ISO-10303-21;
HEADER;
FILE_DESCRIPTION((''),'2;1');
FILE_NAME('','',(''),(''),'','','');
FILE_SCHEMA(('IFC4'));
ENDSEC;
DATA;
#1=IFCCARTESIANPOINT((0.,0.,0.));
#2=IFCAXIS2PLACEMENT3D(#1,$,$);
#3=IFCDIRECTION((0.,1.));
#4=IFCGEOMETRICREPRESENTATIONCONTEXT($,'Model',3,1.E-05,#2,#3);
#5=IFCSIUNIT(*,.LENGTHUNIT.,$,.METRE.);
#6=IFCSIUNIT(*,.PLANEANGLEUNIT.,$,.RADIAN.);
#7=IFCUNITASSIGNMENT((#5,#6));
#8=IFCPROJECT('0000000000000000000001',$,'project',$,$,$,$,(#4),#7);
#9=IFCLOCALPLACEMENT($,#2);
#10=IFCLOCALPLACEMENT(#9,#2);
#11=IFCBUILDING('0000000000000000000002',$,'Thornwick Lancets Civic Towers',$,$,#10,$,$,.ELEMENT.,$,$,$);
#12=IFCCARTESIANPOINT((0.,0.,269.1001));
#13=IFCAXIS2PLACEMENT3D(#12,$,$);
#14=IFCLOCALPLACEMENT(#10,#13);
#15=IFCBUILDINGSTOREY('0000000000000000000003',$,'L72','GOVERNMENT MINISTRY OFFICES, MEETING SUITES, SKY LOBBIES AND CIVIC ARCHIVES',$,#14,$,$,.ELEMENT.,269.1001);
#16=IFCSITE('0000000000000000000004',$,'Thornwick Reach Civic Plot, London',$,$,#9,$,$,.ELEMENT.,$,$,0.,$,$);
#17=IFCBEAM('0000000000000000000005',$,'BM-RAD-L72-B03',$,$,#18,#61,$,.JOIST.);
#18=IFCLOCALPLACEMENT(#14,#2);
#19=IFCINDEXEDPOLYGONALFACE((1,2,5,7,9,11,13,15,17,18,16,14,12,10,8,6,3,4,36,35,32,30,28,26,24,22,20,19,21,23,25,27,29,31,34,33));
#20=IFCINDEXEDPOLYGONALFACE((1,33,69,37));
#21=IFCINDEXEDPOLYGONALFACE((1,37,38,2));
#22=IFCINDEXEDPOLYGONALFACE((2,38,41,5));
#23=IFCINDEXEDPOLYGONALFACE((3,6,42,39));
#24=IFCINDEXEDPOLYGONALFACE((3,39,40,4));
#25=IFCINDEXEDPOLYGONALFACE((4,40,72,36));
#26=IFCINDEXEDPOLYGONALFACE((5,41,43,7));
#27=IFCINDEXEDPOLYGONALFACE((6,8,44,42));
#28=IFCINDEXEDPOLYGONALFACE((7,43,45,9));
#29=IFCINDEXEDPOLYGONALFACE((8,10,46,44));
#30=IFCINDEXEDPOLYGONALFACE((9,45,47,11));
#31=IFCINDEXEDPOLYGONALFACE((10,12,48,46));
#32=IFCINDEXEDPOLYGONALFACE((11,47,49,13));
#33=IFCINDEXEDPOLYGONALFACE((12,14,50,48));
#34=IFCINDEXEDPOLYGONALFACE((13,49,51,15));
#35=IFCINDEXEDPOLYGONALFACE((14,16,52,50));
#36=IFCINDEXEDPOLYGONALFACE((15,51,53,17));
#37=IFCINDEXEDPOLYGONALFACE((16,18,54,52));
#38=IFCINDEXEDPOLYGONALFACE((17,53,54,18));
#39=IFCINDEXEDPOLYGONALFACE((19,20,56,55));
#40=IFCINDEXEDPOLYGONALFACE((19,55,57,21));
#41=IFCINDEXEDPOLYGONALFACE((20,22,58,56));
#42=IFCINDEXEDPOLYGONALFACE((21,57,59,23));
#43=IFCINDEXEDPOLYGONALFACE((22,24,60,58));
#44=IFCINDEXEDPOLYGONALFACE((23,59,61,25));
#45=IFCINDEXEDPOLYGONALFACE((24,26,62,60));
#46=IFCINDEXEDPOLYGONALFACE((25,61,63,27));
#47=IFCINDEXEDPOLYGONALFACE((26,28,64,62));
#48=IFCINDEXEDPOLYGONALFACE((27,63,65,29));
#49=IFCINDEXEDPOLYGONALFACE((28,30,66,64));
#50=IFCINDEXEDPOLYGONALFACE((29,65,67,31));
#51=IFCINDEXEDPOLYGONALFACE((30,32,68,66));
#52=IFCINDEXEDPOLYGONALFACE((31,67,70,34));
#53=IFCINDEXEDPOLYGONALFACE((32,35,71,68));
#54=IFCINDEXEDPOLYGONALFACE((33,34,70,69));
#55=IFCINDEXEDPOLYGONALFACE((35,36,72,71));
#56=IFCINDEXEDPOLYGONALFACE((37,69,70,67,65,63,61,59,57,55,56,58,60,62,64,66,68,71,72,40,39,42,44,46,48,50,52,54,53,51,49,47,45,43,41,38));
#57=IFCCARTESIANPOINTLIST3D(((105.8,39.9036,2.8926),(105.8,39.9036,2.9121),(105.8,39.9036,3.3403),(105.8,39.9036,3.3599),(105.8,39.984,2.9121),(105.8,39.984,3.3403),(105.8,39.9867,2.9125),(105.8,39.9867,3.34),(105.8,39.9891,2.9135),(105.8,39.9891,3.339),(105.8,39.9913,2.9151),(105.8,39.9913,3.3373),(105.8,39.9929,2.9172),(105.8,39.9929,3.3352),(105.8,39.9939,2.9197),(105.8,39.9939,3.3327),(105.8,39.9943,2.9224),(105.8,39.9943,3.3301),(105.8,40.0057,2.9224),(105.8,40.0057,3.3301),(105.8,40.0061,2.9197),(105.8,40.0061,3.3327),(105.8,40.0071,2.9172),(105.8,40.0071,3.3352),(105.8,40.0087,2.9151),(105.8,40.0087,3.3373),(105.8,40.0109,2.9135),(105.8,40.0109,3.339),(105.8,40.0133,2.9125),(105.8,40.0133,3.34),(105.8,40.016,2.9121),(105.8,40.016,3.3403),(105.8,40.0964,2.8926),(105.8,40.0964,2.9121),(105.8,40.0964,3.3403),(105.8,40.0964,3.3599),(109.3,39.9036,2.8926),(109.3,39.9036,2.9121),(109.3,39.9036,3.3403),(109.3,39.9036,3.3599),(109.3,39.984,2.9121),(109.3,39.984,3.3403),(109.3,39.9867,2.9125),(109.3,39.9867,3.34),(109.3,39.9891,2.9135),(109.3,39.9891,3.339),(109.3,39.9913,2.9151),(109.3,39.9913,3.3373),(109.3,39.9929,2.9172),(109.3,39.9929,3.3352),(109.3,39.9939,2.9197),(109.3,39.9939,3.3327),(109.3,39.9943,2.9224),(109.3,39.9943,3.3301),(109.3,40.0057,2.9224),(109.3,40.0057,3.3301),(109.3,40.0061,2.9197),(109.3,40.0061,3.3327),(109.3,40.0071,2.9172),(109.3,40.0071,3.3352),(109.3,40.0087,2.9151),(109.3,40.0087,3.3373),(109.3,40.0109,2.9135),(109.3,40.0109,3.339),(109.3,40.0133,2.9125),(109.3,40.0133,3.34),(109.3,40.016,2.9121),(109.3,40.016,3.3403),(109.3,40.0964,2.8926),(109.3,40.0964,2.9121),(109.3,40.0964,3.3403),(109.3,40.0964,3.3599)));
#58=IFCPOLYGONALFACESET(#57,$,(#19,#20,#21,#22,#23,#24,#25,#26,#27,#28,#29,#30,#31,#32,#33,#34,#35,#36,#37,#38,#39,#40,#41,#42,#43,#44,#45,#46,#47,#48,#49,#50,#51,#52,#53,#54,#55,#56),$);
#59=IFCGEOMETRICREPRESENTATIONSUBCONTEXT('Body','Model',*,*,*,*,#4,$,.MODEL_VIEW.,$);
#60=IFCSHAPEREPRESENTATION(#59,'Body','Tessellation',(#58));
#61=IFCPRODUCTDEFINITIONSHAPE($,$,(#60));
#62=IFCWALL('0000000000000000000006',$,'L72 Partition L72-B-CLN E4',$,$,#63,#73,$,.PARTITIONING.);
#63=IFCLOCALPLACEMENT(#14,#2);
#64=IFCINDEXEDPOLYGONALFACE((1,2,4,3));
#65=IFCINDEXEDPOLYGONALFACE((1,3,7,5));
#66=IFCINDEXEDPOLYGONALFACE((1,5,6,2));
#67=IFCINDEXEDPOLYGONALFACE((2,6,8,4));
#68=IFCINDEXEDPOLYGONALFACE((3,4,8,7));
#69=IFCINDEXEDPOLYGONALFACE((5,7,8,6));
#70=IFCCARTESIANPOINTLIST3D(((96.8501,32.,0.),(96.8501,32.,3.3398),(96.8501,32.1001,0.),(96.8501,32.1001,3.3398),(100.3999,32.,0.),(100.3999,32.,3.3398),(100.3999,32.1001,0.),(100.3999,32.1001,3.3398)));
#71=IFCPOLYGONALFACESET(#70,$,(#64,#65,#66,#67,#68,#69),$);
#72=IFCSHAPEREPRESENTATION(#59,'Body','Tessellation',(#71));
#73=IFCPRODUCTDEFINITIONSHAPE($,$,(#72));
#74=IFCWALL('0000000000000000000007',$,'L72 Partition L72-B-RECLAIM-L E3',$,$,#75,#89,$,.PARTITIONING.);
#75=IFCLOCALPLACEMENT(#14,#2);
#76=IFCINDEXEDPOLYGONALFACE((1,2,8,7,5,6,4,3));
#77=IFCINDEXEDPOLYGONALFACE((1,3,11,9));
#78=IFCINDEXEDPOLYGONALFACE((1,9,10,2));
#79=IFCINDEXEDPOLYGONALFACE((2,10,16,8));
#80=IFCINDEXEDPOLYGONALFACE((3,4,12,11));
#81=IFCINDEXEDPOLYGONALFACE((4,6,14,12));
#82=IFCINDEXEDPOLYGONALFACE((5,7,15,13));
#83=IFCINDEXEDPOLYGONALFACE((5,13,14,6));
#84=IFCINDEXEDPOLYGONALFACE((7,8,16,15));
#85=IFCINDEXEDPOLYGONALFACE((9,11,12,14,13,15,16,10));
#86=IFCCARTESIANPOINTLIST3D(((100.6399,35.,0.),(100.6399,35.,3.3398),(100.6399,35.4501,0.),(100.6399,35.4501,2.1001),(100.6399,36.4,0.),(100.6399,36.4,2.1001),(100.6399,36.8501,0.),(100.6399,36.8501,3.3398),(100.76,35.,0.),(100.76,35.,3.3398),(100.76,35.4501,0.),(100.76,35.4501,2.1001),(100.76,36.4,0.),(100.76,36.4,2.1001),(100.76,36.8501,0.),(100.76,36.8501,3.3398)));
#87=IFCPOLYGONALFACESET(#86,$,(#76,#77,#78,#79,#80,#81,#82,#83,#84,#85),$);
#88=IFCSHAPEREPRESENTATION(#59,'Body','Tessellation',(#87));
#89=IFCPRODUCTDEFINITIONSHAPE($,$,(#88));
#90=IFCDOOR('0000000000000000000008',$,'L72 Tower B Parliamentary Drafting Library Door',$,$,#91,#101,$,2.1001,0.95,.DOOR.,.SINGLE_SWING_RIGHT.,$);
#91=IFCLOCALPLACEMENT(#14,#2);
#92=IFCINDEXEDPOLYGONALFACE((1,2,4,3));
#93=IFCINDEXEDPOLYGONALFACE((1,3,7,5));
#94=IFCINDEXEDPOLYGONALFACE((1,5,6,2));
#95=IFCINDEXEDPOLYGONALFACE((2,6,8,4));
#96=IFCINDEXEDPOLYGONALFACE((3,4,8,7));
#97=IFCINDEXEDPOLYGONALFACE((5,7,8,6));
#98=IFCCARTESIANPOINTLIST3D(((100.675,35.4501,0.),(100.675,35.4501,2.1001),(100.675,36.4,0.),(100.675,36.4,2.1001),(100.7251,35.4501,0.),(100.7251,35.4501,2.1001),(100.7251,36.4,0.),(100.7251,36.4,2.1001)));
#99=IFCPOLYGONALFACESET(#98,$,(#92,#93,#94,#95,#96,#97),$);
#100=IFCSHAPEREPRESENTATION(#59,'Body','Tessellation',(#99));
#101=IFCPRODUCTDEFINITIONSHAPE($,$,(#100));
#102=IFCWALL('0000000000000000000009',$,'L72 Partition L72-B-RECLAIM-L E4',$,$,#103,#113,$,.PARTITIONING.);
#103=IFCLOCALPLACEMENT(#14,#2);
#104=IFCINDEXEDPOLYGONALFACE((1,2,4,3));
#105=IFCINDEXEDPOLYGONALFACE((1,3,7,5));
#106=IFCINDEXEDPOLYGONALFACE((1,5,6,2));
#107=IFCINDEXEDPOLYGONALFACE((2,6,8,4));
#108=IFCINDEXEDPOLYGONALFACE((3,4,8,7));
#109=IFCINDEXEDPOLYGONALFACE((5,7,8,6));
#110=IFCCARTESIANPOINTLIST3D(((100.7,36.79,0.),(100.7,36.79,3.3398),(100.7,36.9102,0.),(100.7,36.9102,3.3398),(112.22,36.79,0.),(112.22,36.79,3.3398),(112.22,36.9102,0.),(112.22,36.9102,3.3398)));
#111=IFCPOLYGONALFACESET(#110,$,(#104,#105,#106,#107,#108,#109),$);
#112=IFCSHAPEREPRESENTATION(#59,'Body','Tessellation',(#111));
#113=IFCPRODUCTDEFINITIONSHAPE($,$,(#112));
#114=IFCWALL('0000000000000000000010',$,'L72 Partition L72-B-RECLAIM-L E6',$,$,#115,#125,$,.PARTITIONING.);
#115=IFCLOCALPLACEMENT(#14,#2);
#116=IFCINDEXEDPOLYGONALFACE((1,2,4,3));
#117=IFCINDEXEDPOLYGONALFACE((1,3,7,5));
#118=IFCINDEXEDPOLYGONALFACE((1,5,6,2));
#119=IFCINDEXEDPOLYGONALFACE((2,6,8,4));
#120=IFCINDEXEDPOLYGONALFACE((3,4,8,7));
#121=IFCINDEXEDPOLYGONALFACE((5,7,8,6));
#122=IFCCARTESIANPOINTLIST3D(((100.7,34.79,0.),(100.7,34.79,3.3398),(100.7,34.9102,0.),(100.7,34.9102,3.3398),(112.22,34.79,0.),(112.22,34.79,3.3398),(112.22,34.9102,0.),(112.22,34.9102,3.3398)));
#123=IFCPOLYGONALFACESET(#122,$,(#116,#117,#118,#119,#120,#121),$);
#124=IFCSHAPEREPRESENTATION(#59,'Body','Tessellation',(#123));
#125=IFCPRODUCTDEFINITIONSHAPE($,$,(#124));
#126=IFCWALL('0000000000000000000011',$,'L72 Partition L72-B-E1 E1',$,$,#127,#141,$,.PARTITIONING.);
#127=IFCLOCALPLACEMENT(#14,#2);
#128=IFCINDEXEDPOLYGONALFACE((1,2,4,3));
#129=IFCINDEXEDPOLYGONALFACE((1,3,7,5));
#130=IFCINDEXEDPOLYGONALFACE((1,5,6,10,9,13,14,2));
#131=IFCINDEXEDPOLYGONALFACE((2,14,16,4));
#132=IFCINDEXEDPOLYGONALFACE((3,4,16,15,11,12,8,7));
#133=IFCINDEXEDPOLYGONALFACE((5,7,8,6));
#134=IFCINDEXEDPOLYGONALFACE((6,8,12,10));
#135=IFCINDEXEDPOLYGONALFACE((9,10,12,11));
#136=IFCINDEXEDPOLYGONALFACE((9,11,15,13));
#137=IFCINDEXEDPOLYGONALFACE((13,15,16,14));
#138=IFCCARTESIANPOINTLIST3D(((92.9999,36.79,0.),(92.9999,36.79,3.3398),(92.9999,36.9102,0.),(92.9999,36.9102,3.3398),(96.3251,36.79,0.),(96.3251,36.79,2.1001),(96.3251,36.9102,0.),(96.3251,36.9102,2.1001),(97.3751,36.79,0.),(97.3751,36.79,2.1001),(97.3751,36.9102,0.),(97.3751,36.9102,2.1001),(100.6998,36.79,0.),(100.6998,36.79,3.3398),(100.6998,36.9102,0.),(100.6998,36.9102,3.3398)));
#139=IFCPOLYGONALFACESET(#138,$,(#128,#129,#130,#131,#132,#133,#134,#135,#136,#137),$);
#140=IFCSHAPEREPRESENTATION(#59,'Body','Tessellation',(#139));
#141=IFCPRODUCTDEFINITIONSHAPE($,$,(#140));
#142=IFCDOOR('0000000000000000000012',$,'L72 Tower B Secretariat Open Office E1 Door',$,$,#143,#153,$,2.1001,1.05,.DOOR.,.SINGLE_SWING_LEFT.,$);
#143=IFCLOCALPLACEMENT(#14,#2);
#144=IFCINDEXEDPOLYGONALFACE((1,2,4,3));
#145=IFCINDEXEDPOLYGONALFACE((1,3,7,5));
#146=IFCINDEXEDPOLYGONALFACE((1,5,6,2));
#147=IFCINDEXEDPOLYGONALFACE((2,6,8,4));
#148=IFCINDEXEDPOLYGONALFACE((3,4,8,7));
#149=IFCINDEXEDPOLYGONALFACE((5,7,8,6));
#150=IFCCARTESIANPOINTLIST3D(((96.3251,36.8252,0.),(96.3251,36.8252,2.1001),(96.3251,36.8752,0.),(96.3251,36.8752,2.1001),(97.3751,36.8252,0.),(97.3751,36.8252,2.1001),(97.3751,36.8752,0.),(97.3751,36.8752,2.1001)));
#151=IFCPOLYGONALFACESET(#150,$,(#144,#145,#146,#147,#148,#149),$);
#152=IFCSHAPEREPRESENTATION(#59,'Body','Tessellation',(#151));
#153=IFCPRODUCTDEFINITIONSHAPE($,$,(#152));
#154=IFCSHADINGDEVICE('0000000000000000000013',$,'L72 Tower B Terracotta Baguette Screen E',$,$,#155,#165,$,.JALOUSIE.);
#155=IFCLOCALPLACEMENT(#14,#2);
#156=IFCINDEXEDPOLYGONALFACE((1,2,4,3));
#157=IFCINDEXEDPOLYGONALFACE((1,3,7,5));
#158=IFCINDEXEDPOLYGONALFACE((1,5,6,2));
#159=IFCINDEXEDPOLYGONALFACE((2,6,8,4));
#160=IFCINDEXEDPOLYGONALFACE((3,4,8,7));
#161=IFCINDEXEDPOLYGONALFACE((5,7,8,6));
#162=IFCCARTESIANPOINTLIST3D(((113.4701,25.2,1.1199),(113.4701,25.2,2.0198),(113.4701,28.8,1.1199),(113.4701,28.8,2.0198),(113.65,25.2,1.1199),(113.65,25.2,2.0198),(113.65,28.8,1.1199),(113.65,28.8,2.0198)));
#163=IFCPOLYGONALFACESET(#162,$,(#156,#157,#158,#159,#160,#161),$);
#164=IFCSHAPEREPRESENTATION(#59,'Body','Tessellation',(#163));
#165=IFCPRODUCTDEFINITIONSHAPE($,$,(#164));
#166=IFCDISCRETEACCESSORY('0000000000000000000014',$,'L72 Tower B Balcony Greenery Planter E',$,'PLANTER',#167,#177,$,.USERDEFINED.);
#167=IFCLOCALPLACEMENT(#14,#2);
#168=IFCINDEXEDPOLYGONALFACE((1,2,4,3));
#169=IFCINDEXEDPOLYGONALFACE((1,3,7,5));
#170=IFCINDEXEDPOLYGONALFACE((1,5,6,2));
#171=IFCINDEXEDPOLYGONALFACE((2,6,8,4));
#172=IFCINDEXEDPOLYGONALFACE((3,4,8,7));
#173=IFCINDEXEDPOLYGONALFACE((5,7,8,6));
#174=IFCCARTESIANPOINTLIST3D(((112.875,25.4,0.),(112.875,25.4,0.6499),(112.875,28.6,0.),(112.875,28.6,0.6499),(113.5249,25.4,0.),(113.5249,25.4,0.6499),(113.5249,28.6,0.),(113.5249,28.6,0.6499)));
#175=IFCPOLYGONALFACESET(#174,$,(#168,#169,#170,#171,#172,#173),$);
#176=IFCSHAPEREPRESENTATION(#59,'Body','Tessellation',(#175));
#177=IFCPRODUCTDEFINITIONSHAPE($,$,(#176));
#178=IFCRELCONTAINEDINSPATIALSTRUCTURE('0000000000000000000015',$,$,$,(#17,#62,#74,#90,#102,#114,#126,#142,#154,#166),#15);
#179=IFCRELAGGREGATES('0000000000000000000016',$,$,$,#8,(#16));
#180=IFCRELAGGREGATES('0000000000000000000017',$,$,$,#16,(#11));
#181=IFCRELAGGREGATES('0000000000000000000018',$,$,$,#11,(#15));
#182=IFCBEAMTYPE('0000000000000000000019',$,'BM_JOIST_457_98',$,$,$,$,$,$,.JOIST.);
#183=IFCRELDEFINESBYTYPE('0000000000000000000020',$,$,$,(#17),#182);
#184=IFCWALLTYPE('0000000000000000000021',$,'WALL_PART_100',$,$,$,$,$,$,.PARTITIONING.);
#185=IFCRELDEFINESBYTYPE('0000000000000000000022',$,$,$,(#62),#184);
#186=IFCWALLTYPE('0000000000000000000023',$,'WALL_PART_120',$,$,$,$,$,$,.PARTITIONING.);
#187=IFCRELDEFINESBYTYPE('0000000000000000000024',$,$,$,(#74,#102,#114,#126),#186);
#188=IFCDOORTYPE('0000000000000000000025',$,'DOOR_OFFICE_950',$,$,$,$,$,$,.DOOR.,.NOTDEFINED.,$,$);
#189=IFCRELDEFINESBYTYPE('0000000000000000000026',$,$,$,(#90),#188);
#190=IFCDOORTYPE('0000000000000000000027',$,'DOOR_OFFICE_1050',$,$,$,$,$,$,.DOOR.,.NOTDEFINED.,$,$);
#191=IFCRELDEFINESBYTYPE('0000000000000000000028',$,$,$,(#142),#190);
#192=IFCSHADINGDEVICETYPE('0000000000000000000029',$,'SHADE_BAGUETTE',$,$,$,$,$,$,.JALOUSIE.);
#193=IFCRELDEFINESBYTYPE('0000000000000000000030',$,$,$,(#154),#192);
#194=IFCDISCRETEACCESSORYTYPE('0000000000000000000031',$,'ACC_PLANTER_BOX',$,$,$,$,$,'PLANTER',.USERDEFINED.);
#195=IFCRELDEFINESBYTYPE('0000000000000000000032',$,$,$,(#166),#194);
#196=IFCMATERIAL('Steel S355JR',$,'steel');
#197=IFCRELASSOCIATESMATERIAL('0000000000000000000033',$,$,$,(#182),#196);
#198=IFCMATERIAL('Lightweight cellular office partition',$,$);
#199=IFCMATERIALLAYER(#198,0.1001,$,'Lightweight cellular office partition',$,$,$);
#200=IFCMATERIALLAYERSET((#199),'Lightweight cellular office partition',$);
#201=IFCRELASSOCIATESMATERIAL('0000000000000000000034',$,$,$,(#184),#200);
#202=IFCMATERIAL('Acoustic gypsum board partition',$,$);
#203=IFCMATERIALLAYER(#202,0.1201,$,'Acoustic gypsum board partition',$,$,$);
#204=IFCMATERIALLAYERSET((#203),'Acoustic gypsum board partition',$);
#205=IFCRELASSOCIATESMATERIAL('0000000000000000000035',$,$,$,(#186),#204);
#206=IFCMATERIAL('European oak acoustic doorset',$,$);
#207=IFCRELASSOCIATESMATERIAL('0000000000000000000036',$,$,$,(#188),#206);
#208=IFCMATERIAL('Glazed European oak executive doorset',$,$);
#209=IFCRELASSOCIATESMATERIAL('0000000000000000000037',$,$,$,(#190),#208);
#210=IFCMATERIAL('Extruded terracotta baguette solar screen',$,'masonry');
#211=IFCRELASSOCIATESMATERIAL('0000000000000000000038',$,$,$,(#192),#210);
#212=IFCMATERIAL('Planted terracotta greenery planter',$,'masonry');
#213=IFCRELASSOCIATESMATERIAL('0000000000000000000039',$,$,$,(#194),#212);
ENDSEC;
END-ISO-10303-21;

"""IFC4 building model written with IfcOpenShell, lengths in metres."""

from ifc_helpers import new_model, si_unit, direction, frame, frame_2d, origin, origin_2d, place, context, subcontext, project, spatial, rectangle, i_section, extrude, material, layer, layer_set, material_profile, profile_set, type_object, element, fill, save


model = new_model("IFC4")

# Units and contexts
model_context = context("Model", 3, precision=1e-05, world=origin(), true_north=direction((0.0, 1.0)))
body_context = subcontext(model_context, "Body", "Model", "MODEL_VIEW")
ifc_project = project(units=[si_unit("LENGTHUNIT", "METRE"), si_unit("PLANEANGLEUNIT", "RADIAN")], contexts=[model_context])

# Site, building, storey
site_placement = place(None, origin())
site = spatial("IfcSite", under=ifc_project, at=site_placement, Name="Thornwick Reach Civic Plot, London", CompositionType="ELEMENT", RefElevation=0.0)
building_placement = place(site_placement, origin())
building = spatial("IfcBuilding", under=site, at=building_placement, Name="Thornwick Lancets Civic Towers", CompositionType="ELEMENT")
storey_placement = place(building_placement, frame((0.0, 0.0, 269.1001)))
storey = spatial("IfcBuildingStorey", under=building, at=storey_placement, Name="L72", Description="GOVERNMENT MINISTRY OFFICES, MEETING SUITES, SKY LOBBIES AND CIVIC ARCHIVES", CompositionType="ELEMENT", Elevation=269.1001)

# Shared definitions
ifc_material_1 = material(Name="Steel S355JR", Category="steel")

# Beam
ifc_material_profile_1 = material_profile(ifc_material_1, i_section(OverallWidth=0.1929, OverallDepth=0.4673, WebThickness=0.0115, FlangeThickness=0.0195, FilletRadius=0.0103, at=origin_2d()), Name="UKB 457x191x98")
ifc_profile_set_1 = profile_set([ifc_material_profile_1], Name="Steel S355JR")
beam_type_1 = type_object("IfcBeamType", Name="BM_JOIST_457_98", PredefinedType="JOIST", material=ifc_profile_set_1)
beam_1_placement = place(storey_placement, frame((105.8, 40.0, 3.1262), z_axis=(1.0, 0.0, 0.0), x_axis=(0.0, 1.0, 0.0)))
element("IfcBeam", 1, at=beam_1_placement, inside=storey, type_object=beam_type_1, Name="BM-RAD-L72-B03", PredefinedType="JOIST", context=body_context, shape_type="SweptSolid", body=[
    extrude(i_section(OverallWidth=0.1929, OverallDepth=0.4673, WebThickness=0.0115, FlangeThickness=0.0195, FilletRadius=0.0103, at=origin_2d()), origin(), (0.0, 0.0, 1.0), 3.5),
])

# Wall
ifc_material_2 = material(Name="Lightweight cellular office partition")
ifc_layer_1 = layer(ifc_material_2, 0.1001, Name="Lightweight cellular office partition")
ifc_layer_set_1 = layer_set([ifc_layer_1], Name="Lightweight cellular office partition")
wall_type_1 = type_object("IfcWallType", Name="WALL_PART_100", PredefinedType="PARTITIONING", material=ifc_layer_set_1)
wall_1_placement = place(storey_placement, frame((100.3999, 32.05, 0.0), z_axis=(0.0, 0.0, 1.0), x_axis=(-1.0, 0.0, 0.0)))
element("IfcWall", 2, at=wall_1_placement, inside=storey, type_object=wall_type_1, Name="L72 Partition L72-B-CLN E4", PredefinedType="PARTITIONING", context=body_context, shape_type="SweptSolid", body=[
    extrude(rectangle(XDim=3.5498, YDim=0.1001, at=frame_2d((1.7749, 0.0))), origin(), (0.0, 0.0, 1.0), 3.3398),
])

# Wall, opening, door
ifc_material_3 = material(Name="Acoustic gypsum board partition")
ifc_layer_2 = layer(ifc_material_3, 0.1201, Name="Acoustic gypsum board partition")
ifc_layer_set_2 = layer_set([ifc_layer_2], Name="Acoustic gypsum board partition")
wall_type_2 = type_object("IfcWallType", Name="WALL_PART_120", PredefinedType="PARTITIONING", material=ifc_layer_set_2)
wall_2_placement = place(storey_placement, frame((100.7, 35.0, 0.0), z_axis=(0.0, 0.0, 1.0), x_axis=(0.0, 1.0, 0.0)))
wall_2 = element("IfcWall", 3, at=wall_2_placement, inside=storey, type_object=wall_type_2, Name="L72 Partition L72-B-RECLAIM-L E3", PredefinedType="PARTITIONING", context=body_context, shape_type="SweptSolid", body=[
    extrude(rectangle(XDim=1.8501, YDim=0.1201, at=frame_2d((0.925, 0.0))), origin(), (0.0, 0.0, 1.0), 3.3398),
])
opening_1_placement = place(wall_2_placement, frame((0.45, 0.0, 0.0)))
opening_1 = element("IfcOpeningElement", 4, at=opening_1_placement, cuts=wall_2, PredefinedType="OPENING", context=body_context, shape_type="SweptSolid", body=[
    extrude(rectangle(XDim=0.95, YDim=2.1001, at=frame_2d((0.4751, 1.05))), frame((0.0, 0.0701, 0.0), z_axis=(0.0, -1.0, 0.0), x_axis=(1.0, 0.0, 0.0)), (0.0, 0.0, 1.0), 0.1401),
])
ifc_material_4 = material(Name="European oak acoustic doorset")
door_type_1 = type_object("IfcDoorType", Name="DOOR_OFFICE_950", OperationType="NOTDEFINED", PredefinedType="DOOR", material=ifc_material_4)
door_1_placement = place(opening_1_placement, origin())
door_1 = element("IfcDoor", 5, at=door_1_placement, inside=storey, type_object=door_type_1, Name="L72 Tower B Parliamentary Drafting Library Door", OperationType="SINGLE_SWING_RIGHT", OverallHeight=2.1001, OverallWidth=0.95, PredefinedType="DOOR", context=body_context, shape_type="SweptSolid", body=[
    extrude(rectangle(XDim=0.95, YDim=2.1001, at=frame_2d((0.4751, 1.05))), frame((0.0, 0.0249, 0.0), z_axis=(0.0, -1.0, 0.0), x_axis=(1.0, 0.0, 0.0)), (0.0, 0.0, 1.0), 0.05),
])
fill(opening_1, door_1)

# Walls
for number, where, z_axis, x_axis, name in (
    (6, (100.7, 36.8501, 0.0), (0.0, 0.0, 1.0), (1.0, 0.0, 0.0), "L72 Partition L72-B-RECLAIM-L E4"),
    (7, (112.22, 34.8501, 0.0), (0.0, 0.0, 1.0), (-1.0, 0.0, 0.0), "L72 Partition L72-B-RECLAIM-L E6"),
):
    element("IfcWall", number, at=place(storey_placement, frame(where, z_axis=z_axis, x_axis=x_axis)), inside=storey, type_object=wall_type_2, Name=name, PredefinedType="PARTITIONING", context=body_context, shape_type="SweptSolid", body=[
        extrude(rectangle(XDim=11.52, YDim=0.1201, at=frame_2d((5.76, 0.0))), origin(), (0.0, 0.0, 1.0), 3.3398),
    ])

# Wall, opening, door
wall_3_placement = place(storey_placement, frame((100.7, 36.8501, 0.0), z_axis=(0.0, 0.0, 1.0), x_axis=(-1.0, 0.0, 0.0)))
wall_3 = element("IfcWall", 8, at=wall_3_placement, inside=storey, type_object=wall_type_2, Name="L72 Partition L72-B-E1 E1", PredefinedType="PARTITIONING", context=body_context, shape_type="SweptSolid", body=[
    extrude(rectangle(XDim=7.7, YDim=0.1201, at=frame_2d((3.8501, 0.0))), origin(), (0.0, 0.0, 1.0), 3.3398),
])
opening_2_placement = place(wall_3_placement, frame((3.325, 0.0, 0.0)))
opening_2 = element("IfcOpeningElement", 9, at=opening_2_placement, cuts=wall_3, PredefinedType="OPENING", context=body_context, shape_type="SweptSolid", body=[
    extrude(rectangle(XDim=1.05, YDim=2.1001, at=frame_2d((0.5249, 1.05))), frame((0.0, 0.0701, 0.0), z_axis=(0.0, -1.0, 0.0), x_axis=(1.0, 0.0, 0.0)), (0.0, 0.0, 1.0), 0.1401),
])
ifc_material_5 = material(Name="Glazed European oak executive doorset")
door_type_2 = type_object("IfcDoorType", Name="DOOR_OFFICE_1050", OperationType="NOTDEFINED", PredefinedType="DOOR", material=ifc_material_5)
door_2_placement = place(opening_2_placement, origin())
door_2 = element("IfcDoor", 10, at=door_2_placement, inside=storey, type_object=door_type_2, Name="L72 Tower B Secretariat Open Office E1 Door", OperationType="SINGLE_SWING_LEFT", OverallHeight=2.1001, OverallWidth=1.05, PredefinedType="DOOR", context=body_context, shape_type="SweptSolid", body=[
    extrude(rectangle(XDim=1.05, YDim=2.1001, at=frame_2d((0.5249, 1.05))), frame((0.0, 0.0249, 0.0), z_axis=(0.0, -1.0, 0.0), x_axis=(1.0, 0.0, 0.0)), (0.0, 0.0, 1.0), 0.05),
])
fill(opening_2, door_2)

# Shading device
ifc_material_6 = material(Name="Extruded terracotta baguette solar screen", Category="masonry")
shading_device_type = type_object("IfcShadingDeviceType", Name="SHADE_BAGUETTE", PredefinedType="JALOUSIE", material=ifc_material_6)
shading_device_placement = place(storey_placement, frame((113.5601, 27.0, 1.1199), z_axis=(0.0, 0.0, 1.0), x_axis=(0.0, 1.0, 0.0)))
element("IfcShadingDevice", 11, at=shading_device_placement, inside=storey, type_object=shading_device_type, Name="L72 Tower B Terracotta Baguette Screen E", PredefinedType="JALOUSIE", context=body_context, shape_type="SweptSolid", body=[
    extrude(rectangle(XDim=3.6001, YDim=0.1799, at=origin_2d()), origin(), (0.0, 0.0, 1.0), 0.8999),
])

# Discrete accessory
ifc_material_7 = material(Name="Planted terracotta greenery planter", Category="masonry")
discrete_accessory_type = type_object("IfcDiscreteAccessoryType", Name="ACC_PLANTER_BOX", ElementType="PLANTER", PredefinedType="USERDEFINED", material=ifc_material_7)
discrete_accessory_placement = place(storey_placement, frame((113.2, 27.0, 0.0), z_axis=(0.0, 0.0, 1.0), x_axis=(1.0, 0.0, 0.0)))
element("IfcDiscreteAccessory", 12, at=discrete_accessory_placement, inside=storey, type_object=discrete_accessory_type, Name="L72 Tower B Balcony Greenery Planter E", ObjectType="PLANTER", PredefinedType="USERDEFINED", context=body_context, shape_type="SweptSolid", body=[
    extrude(rectangle(XDim=0.6499, YDim=3.2, at=origin_2d()), origin(), (0.0, 0.0, 1.0), 0.6499),
])

save(model, "model.ifc")
